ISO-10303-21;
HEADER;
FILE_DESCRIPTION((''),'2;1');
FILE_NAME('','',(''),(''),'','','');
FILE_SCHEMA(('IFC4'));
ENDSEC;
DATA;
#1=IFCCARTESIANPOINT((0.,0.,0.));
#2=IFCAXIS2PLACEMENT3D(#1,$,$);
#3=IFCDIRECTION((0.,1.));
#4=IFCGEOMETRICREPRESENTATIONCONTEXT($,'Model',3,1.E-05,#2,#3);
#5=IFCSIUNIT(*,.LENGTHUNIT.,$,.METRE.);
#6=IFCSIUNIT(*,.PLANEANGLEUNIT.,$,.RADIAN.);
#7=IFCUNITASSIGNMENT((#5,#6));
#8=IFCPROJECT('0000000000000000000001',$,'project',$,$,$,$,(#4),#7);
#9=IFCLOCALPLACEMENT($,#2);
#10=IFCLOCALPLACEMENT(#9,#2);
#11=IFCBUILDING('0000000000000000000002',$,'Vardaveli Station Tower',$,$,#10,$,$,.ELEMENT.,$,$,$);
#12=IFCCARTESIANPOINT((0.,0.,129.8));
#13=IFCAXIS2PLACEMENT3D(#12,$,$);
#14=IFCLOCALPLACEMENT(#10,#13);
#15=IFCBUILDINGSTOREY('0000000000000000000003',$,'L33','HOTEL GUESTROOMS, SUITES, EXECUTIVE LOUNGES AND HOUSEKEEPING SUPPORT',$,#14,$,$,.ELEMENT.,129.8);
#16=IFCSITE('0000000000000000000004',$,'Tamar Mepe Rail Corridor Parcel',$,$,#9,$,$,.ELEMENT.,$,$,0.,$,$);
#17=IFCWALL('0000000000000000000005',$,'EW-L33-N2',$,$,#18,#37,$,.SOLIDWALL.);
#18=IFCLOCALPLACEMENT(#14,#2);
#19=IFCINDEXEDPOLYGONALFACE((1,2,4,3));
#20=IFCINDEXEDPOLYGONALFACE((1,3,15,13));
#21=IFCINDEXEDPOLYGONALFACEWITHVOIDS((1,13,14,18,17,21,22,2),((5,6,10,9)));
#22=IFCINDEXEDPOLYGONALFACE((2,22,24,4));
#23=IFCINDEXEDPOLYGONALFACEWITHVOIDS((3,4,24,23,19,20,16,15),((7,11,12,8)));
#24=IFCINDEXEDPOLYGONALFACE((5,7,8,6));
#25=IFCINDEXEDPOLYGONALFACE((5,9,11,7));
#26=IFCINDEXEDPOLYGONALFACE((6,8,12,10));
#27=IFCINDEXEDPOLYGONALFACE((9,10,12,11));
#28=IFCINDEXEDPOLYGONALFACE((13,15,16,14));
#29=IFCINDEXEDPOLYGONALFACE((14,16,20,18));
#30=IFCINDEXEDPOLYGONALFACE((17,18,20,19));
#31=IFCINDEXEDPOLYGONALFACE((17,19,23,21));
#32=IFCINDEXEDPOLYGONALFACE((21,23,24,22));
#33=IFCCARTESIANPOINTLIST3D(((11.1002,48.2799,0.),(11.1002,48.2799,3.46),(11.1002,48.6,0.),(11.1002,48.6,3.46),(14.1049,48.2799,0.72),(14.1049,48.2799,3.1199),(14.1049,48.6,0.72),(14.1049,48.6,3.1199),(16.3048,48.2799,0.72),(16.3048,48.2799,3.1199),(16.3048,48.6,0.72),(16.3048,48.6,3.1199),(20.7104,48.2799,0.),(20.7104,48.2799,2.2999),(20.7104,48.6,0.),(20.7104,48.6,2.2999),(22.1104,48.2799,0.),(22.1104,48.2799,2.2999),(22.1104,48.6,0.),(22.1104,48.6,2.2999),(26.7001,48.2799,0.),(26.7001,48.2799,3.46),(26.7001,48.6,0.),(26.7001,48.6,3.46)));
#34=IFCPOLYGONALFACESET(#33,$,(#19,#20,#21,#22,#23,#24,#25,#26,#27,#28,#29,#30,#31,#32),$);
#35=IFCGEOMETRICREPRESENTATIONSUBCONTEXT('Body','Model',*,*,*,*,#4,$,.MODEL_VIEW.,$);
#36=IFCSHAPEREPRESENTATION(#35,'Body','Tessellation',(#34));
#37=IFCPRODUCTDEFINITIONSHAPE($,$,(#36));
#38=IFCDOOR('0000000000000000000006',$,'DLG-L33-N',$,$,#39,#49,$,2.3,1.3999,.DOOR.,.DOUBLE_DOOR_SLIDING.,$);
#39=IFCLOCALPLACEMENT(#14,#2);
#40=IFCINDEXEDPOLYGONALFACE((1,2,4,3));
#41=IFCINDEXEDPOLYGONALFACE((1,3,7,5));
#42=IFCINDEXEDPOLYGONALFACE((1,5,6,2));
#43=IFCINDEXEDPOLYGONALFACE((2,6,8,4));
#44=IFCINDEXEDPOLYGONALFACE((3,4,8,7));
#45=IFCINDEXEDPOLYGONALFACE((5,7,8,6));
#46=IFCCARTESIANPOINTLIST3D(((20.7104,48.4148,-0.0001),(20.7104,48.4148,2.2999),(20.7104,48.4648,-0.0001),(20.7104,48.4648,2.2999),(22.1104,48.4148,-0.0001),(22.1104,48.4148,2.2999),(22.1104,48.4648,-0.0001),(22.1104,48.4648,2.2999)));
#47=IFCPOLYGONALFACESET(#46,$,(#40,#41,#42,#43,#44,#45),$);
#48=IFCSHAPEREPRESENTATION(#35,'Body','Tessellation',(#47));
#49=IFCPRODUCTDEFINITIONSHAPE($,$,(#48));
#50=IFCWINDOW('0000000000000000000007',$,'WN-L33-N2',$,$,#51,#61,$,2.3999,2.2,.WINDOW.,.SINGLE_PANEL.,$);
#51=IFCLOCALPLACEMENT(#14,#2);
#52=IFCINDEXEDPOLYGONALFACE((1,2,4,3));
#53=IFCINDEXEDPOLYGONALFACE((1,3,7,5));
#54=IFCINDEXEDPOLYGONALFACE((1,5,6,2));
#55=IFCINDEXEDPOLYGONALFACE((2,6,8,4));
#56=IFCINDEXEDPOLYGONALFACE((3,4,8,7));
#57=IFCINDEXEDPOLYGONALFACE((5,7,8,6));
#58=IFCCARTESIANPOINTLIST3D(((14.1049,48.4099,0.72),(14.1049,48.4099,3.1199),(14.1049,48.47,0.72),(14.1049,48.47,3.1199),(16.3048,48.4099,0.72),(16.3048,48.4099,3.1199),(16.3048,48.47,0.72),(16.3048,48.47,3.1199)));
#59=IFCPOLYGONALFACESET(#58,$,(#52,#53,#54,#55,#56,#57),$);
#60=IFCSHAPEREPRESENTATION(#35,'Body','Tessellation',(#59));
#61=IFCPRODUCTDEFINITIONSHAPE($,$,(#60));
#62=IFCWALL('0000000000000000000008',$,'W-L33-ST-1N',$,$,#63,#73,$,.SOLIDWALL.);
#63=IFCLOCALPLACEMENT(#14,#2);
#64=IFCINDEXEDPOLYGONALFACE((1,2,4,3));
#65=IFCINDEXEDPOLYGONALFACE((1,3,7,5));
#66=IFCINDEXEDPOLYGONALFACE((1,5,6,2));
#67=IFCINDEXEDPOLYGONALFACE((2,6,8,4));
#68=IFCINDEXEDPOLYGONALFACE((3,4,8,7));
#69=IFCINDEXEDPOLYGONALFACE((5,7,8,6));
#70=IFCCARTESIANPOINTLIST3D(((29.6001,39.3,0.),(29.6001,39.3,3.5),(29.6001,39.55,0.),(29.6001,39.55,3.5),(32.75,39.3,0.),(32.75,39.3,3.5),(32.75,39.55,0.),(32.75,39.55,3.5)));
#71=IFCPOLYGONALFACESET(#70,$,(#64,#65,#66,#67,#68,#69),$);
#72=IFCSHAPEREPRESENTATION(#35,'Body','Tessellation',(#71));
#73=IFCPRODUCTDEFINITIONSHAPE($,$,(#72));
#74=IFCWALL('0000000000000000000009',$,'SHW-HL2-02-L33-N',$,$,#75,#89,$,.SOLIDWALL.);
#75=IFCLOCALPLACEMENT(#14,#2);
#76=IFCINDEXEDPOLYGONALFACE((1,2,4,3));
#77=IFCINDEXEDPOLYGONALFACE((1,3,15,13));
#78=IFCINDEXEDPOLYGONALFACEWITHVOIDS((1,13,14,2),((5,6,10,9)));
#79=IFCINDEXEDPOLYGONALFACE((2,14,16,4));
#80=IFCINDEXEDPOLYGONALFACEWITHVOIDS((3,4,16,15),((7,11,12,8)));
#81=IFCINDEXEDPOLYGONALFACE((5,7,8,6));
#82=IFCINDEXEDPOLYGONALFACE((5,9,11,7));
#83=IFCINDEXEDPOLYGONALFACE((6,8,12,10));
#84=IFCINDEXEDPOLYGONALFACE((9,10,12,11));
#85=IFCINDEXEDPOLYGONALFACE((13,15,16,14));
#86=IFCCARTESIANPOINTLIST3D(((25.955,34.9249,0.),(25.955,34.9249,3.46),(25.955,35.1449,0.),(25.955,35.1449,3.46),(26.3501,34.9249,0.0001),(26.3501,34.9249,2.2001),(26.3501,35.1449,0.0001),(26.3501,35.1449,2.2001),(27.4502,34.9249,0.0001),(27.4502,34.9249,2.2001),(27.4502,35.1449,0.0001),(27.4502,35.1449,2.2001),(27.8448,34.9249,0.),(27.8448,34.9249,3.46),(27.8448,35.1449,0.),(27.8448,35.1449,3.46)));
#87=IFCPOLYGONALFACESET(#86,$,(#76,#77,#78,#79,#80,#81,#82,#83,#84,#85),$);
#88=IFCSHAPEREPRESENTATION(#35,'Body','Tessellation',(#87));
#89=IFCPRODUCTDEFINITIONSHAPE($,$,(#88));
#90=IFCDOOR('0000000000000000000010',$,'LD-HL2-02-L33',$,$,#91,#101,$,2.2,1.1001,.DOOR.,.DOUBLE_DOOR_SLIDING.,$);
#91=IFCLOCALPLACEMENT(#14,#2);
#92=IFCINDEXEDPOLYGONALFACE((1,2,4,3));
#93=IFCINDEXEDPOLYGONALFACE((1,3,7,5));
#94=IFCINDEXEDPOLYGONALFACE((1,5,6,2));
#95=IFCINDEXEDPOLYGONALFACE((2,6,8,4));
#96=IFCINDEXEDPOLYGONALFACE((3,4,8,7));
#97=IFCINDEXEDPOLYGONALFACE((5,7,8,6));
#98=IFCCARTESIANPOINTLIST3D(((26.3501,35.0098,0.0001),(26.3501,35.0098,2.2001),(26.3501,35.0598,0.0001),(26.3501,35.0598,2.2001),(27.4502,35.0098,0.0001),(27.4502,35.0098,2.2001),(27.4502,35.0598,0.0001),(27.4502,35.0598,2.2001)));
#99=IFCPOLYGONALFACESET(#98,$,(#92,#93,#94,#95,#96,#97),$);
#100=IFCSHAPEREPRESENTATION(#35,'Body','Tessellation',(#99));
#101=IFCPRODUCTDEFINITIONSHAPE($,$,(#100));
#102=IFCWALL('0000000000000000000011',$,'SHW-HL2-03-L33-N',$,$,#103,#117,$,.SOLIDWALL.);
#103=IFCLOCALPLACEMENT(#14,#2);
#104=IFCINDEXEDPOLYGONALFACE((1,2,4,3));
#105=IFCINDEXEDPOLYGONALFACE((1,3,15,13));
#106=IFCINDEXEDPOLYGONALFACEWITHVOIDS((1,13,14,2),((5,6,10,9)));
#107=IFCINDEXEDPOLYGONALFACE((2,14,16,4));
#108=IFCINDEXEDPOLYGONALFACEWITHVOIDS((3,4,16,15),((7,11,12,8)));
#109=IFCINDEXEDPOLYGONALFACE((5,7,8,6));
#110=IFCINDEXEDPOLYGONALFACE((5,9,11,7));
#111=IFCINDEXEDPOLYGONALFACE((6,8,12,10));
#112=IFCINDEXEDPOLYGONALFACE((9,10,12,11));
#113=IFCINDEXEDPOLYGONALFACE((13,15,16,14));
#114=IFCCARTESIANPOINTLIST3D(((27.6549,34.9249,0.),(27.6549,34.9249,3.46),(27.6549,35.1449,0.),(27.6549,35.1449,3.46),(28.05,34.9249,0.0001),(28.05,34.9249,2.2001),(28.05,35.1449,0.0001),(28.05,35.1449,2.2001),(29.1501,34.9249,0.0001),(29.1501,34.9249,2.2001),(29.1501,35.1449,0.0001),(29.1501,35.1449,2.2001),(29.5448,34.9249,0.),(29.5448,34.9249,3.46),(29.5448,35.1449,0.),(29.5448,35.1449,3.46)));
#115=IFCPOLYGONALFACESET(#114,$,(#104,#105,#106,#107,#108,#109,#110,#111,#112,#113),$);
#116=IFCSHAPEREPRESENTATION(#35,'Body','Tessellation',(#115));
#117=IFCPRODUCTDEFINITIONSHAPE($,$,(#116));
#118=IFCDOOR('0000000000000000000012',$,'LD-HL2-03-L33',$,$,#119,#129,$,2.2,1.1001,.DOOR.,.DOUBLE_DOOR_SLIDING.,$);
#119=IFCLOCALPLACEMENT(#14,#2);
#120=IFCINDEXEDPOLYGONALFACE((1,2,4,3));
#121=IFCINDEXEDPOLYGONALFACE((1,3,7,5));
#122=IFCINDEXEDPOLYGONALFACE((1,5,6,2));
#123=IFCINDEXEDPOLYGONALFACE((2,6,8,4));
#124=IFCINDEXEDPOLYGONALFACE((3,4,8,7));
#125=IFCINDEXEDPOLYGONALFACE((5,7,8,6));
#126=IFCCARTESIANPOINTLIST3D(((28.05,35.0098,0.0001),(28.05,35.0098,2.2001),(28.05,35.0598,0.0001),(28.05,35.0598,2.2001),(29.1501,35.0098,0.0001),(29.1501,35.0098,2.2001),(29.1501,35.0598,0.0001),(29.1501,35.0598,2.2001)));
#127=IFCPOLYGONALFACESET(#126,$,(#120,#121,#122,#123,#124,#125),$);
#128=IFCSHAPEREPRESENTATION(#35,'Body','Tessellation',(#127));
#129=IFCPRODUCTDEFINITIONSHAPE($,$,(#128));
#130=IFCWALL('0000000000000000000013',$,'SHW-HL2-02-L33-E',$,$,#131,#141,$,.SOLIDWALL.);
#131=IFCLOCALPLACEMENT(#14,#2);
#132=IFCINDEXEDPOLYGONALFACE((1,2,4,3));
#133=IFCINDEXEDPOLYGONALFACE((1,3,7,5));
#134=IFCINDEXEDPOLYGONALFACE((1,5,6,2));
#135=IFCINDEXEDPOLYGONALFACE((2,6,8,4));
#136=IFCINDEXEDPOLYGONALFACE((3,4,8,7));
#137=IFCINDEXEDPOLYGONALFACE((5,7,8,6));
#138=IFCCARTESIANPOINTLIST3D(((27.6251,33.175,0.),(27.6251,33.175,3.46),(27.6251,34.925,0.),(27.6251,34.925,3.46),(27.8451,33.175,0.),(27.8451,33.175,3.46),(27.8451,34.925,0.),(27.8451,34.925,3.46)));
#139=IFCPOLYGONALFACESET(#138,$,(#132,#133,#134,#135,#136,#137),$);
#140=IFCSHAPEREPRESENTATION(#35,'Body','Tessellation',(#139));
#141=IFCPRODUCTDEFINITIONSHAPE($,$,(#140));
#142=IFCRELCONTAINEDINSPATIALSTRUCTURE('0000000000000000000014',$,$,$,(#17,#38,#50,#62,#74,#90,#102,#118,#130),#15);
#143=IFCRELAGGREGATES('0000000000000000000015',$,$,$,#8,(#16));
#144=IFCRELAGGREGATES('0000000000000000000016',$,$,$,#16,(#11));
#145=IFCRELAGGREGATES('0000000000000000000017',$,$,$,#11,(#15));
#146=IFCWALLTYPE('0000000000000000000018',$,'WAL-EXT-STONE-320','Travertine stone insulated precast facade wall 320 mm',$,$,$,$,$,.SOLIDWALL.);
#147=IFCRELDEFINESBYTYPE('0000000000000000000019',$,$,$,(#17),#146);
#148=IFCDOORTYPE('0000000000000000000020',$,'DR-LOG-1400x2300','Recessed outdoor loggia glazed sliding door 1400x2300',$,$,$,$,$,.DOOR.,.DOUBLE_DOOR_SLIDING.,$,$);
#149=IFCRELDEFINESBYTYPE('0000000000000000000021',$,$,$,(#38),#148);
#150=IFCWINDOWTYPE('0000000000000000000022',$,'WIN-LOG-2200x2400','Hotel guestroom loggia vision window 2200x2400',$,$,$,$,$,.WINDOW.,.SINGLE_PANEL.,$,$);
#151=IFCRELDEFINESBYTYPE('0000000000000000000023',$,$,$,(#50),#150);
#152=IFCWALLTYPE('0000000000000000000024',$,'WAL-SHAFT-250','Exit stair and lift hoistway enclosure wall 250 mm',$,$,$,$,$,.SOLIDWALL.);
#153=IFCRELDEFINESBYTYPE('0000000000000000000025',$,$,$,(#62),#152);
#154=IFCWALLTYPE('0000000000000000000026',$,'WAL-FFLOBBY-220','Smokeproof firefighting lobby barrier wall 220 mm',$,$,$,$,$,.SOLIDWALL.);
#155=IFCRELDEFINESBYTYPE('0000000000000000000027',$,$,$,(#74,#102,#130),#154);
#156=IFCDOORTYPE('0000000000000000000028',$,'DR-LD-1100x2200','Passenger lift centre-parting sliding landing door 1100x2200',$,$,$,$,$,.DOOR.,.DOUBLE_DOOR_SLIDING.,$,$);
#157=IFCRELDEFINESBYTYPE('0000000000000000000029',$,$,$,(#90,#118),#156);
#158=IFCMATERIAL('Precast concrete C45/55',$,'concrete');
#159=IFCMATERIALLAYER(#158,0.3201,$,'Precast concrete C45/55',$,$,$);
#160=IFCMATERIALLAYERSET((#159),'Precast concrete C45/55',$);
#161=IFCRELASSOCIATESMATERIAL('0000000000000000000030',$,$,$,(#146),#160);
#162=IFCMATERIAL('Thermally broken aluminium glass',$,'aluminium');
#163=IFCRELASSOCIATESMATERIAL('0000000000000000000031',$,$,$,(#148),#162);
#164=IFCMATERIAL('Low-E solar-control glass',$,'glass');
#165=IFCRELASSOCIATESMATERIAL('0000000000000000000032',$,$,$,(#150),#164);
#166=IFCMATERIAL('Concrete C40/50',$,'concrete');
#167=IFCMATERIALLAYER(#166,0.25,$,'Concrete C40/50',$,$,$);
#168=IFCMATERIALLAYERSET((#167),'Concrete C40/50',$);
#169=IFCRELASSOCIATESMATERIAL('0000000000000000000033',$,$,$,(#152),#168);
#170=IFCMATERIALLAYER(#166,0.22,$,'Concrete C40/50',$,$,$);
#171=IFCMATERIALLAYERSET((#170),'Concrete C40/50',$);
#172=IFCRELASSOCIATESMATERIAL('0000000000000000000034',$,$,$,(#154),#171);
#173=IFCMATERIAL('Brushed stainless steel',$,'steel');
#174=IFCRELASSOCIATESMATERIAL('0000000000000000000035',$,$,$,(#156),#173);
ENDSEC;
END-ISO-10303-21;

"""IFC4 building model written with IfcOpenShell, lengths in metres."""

from ifc_helpers import new_model, si_unit, direction, frame, frame_2d, origin, place, context, subcontext, project, spatial, rectangle, extrude, source, transform, mapped, material, layer, layer_set, type_object, element, fill, save


model = new_model("IFC4")

# Units and contexts
model_context = context("Model", 3, precision=1e-05, world=origin(), true_north=direction((0.0, 1.0)))
body_context = subcontext(model_context, "Body", "Model", "MODEL_VIEW")
ifc_project = project(units=[si_unit("LENGTHUNIT", "METRE"), si_unit("PLANEANGLEUNIT", "RADIAN")], contexts=[model_context])

# Site, building, storey
site_placement = place(None, origin())
site = spatial("IfcSite", under=ifc_project, at=site_placement, Name="Tamar Mepe Rail Corridor Parcel", CompositionType="ELEMENT", RefElevation=0.0)
building_placement = place(site_placement, origin())
building = spatial("IfcBuilding", under=site, at=building_placement, Name="Vardaveli Station Tower", CompositionType="ELEMENT")
storey_placement = place(building_placement, frame((0.0, 0.0, 129.8)))
storey = spatial("IfcBuildingStorey", under=building, at=storey_placement, Name="L33", Description="HOTEL GUESTROOMS, SUITES, EXECUTIVE LOUNGES AND HOUSEKEEPING SUPPORT", CompositionType="ELEMENT", Elevation=129.8)

# Shared definitions
ifc_material_1 = material(Name="Precast concrete C45/55", Category="concrete")

# Wall, openings, door, window
ifc_layer_1 = layer(ifc_material_1, 0.3201, Name="Precast concrete C45/55")
ifc_layer_set_1 = layer_set([ifc_layer_1], Name="Precast concrete C45/55")
wall_type_1 = type_object("IfcWallType", Name="WAL-EXT-STONE-320", Description="Travertine stone insulated precast facade wall 320 mm", PredefinedType="SOLIDWALL", material=ifc_layer_set_1)
shared_shape_1 = source(origin(), body_context, "Body", "SweptSolid", [
    extrude(rectangle(XDim=15.5999, YDim=0.3201, at=frame_2d((7.7998, 0.0))), origin(), (0.0, 0.0, 1.0), 3.46),
])
wall_1_placement = place(storey_placement, frame((26.7, 48.4399, 0.0), z_axis=(0.0, 0.0, 1.0), x_axis=(-1.0, 0.0, 0.0)))
wall_1 = element("IfcWall", 1, at=wall_1_placement, inside=storey, type_object=wall_type_1, Name="EW-L33-N2", PredefinedType="SOLIDWALL", context=body_context, shape_type="MappedRepresentation", body=[
    mapped(shared_shape_1, transform((0.0, 0.0, 0.0), scale=1.0)),
])
shared_shape_2 = source(origin(), body_context, "Body", "SweptSolid", [
    extrude(rectangle(XDim=1.3999, YDim=2.3, at=frame_2d((0.7, 1.1499))), frame((0.0, 0.1699, 0.0), z_axis=(0.0, -1.0, 0.0), x_axis=(1.0, 0.0, 0.0)), (0.0, 0.0, 1.0), 0.3401),
])
opening_1_placement = place(wall_1_placement, frame((4.5896, 0.0, 0.0)))
opening_1 = element("IfcOpeningElement", 2, at=opening_1_placement, cuts=wall_1, PredefinedType="OPENING", context=body_context, shape_type="MappedRepresentation", body=[
    mapped(shared_shape_2, transform((0.0, 0.0, 0.0), scale=1.0)),
])
shared_shape_3 = source(origin(), body_context, "Body", "SweptSolid", [
    extrude(rectangle(XDim=2.2, YDim=2.3999, at=frame_2d((1.1001, 1.2))), frame((0.0, 0.1699, 0.0), z_axis=(0.0, -1.0, 0.0), x_axis=(1.0, 0.0, 0.0)), (0.0, 0.0, 1.0), 0.3401),
])
opening_2_placement = place(wall_1_placement, frame((10.395, 0.0, 0.72)))
opening_2 = element("IfcOpeningElement", 3, at=opening_2_placement, cuts=wall_1, PredefinedType="OPENING", context=body_context, shape_type="MappedRepresentation", body=[
    mapped(shared_shape_3, transform((0.0, 0.0, 0.0), scale=1.0)),
])
ifc_material_2 = material(Name="Thermally broken aluminium glass", Category="aluminium")
door_type_1 = type_object("IfcDoorType", Name="DR-LOG-1400x2300", Description="Recessed outdoor loggia glazed sliding door 1400x2300", OperationType="DOUBLE_DOOR_SLIDING", PredefinedType="DOOR", material=ifc_material_2)
shared_shape_4 = source(origin(), body_context, "Body", "SweptSolid", [
    extrude(rectangle(XDim=1.3999, YDim=2.3, at=frame_2d((0.7, 1.1499))), frame((0.0, 0.0249, 0.0), z_axis=(0.0, -1.0, 0.0), x_axis=(1.0, 0.0, 0.0)), (0.0, 0.0, 1.0), 0.05),
])
door_1_placement = place(opening_1_placement, frame((1.3999, 0.0, 0.0), z_axis=(0.0, 0.0, 1.0), x_axis=(-1.0, 0.0, 0.0)))
door_1 = element("IfcDoor", 4, at=door_1_placement, inside=storey, type_object=door_type_1, Name="DLG-L33-N", OperationType="DOUBLE_DOOR_SLIDING", OverallHeight=2.3, OverallWidth=1.3999, PredefinedType="DOOR", context=body_context, shape_type="MappedRepresentation", body=[
    mapped(shared_shape_4, transform((0.0, 0.0, 0.0), scale=1.0)),
])
fill(opening_1, door_1)
ifc_material_3 = material(Name="Low-E solar-control glass", Category="glass")
window_type = type_object("IfcWindowType", Name="WIN-LOG-2200x2400", Description="Hotel guestroom loggia vision window 2200x2400", PartitioningType="SINGLE_PANEL", PredefinedType="WINDOW", material=ifc_material_3)
shared_shape_5 = source(origin(), body_context, "Body", "SweptSolid", [
    extrude(rectangle(XDim=2.2, YDim=2.3999, at=frame_2d((1.1001, 1.2))), frame((0.0, 0.03, 0.0), z_axis=(0.0, -1.0, 0.0), x_axis=(1.0, 0.0, 0.0)), (0.0, 0.0, 1.0), 0.0601),
])
window_placement = place(opening_2_placement, origin())
window = element("IfcWindow", 5, at=window_placement, inside=storey, type_object=window_type, Name="WN-L33-N2", OverallHeight=2.3999, OverallWidth=2.2, PartitioningType="SINGLE_PANEL", PredefinedType="WINDOW", context=body_context, shape_type="MappedRepresentation", body=[
    mapped(shared_shape_5, transform((0.0, 0.0, 0.0), scale=1.0)),
])
fill(opening_2, window)

# Wall
ifc_material_4 = material(Name="Concrete C40/50", Category="concrete")
ifc_layer_2 = layer(ifc_material_4, 0.25, Name="Concrete C40/50")
ifc_layer_set_2 = layer_set([ifc_layer_2], Name="Concrete C40/50")
wall_type_2 = type_object("IfcWallType", Name="WAL-SHAFT-250", Description="Exit stair and lift hoistway enclosure wall 250 mm", PredefinedType="SOLIDWALL", material=ifc_layer_set_2)
shared_shape_6 = source(origin(), body_context, "Body", "SweptSolid", [
    extrude(rectangle(XDim=3.1499, YDim=0.25, at=frame_2d((1.575, 0.0))), origin(), (0.0, 0.0, 1.0), 3.5),
])
wall_2_placement = place(storey_placement, frame((29.6001, 39.425, 0.0), z_axis=(0.0, 0.0, 1.0), x_axis=(1.0, 0.0, 0.0)))
element("IfcWall", 6, at=wall_2_placement, inside=storey, type_object=wall_type_2, Name="W-L33-ST-1N", PredefinedType="SOLIDWALL", context=body_context, shape_type="MappedRepresentation", body=[
    mapped(shared_shape_6, transform((0.0, 0.0, 0.0), scale=1.0)),
])

# Walls, openings, doors
ifc_layer_3 = layer(ifc_material_4, 0.22, Name="Concrete C40/50")
ifc_layer_set_3 = layer_set([ifc_layer_3], Name="Concrete C40/50")
wall_type_3 = type_object("IfcWallType", Name="WAL-FFLOBBY-220", Description="Smokeproof firefighting lobby barrier wall 220 mm", PredefinedType="SOLIDWALL", material=ifc_layer_set_3)
shared_shape_7 = source(origin(), body_context, "Body", "SweptSolid", [
    extrude(rectangle(XDim=1.8899, YDim=0.22, at=frame_2d((0.9448, 0.0))), origin(), (0.0, 0.0, 1.0), 3.46),
])
wall_3_placement = place(storey_placement, frame((25.9551, 35.0349, 0.0), z_axis=(0.0, 0.0, 1.0), x_axis=(1.0, 0.0, 0.0)))
wall_3 = element("IfcWall", 7, at=wall_3_placement, inside=storey, type_object=wall_type_3, Name="SHW-HL2-02-L33-N", PredefinedType="SOLIDWALL", context=body_context, shape_type="MappedRepresentation", body=[
    mapped(shared_shape_7, transform((0.0, 0.0, 0.0), scale=1.0)),
])
shared_shape_8 = source(origin(), body_context, "Body", "SweptSolid", [
    extrude(rectangle(XDim=1.1001, YDim=2.2, at=frame_2d((0.55, 1.1001))), frame((0.0, 0.1201, 0.0), z_axis=(0.0, -1.0, 0.0), x_axis=(1.0, 0.0, 0.0)), (0.0, 0.0, 1.0), 0.24),
])
opening_3_placement = place(wall_3_placement, frame((0.395, 0.0, 0.0)))
opening_3 = element("IfcOpeningElement", 8, at=opening_3_placement, cuts=wall_3, PredefinedType="OPENING", context=body_context, shape_type="MappedRepresentation", body=[
    mapped(shared_shape_8, transform((0.0, 0.0, 0.0), scale=1.0)),
])
ifc_material_5 = material(Name="Brushed stainless steel", Category="steel")
door_type_2 = type_object("IfcDoorType", Name="DR-LD-1100x2200", Description="Passenger lift centre-parting sliding landing door 1100x2200", OperationType="DOUBLE_DOOR_SLIDING", PredefinedType="DOOR", material=ifc_material_5)
shared_shape_9 = source(origin(), body_context, "Body", "SweptSolid", [
    extrude(rectangle(XDim=1.1001, YDim=2.2, at=frame_2d((0.55, 1.1001))), frame((0.0, 0.0249, 0.0), z_axis=(0.0, -1.0, 0.0), x_axis=(1.0, 0.0, 0.0)), (0.0, 0.0, 1.0), 0.05),
])
door_2_placement = place(opening_3_placement, origin())
door_2 = element("IfcDoor", 9, at=door_2_placement, inside=storey, type_object=door_type_2, Name="LD-HL2-02-L33", OperationType="DOUBLE_DOOR_SLIDING", OverallHeight=2.2, OverallWidth=1.1001, PredefinedType="DOOR", context=body_context, shape_type="MappedRepresentation", body=[
    mapped(shared_shape_9, transform((0.0, 0.0, 0.0), scale=1.0)),
])
fill(opening_3, door_2)
wall_4_placement = place(storey_placement, frame((27.655, 35.0349, 0.0), z_axis=(0.0, 0.0, 1.0), x_axis=(1.0, 0.0, 0.0)))
wall_4 = element("IfcWall", 10, at=wall_4_placement, inside=storey, type_object=wall_type_3, Name="SHW-HL2-03-L33-N", PredefinedType="SOLIDWALL", context=body_context, shape_type="MappedRepresentation", body=[
    mapped(shared_shape_7, transform((0.0, 0.0, 0.0), scale=1.0)),
])
opening_4_placement = place(wall_4_placement, frame((0.395, 0.0, 0.0)))
opening_4 = element("IfcOpeningElement", 11, at=opening_4_placement, cuts=wall_4, PredefinedType="OPENING", context=body_context, shape_type="MappedRepresentation", body=[
    mapped(shared_shape_8, transform((0.0, 0.0, 0.0), scale=1.0)),
])
door_3_placement = place(opening_4_placement, origin())
door_3 = element("IfcDoor", 12, at=door_3_placement, inside=storey, type_object=door_type_2, Name="LD-HL2-03-L33", OperationType="DOUBLE_DOOR_SLIDING", OverallHeight=2.2, OverallWidth=1.1001, PredefinedType="DOOR", context=body_context, shape_type="MappedRepresentation", body=[
    mapped(shared_shape_9, transform((0.0, 0.0, 0.0), scale=1.0)),
])
fill(opening_4, door_3)

# Wall
shared_shape_10 = source(origin(), body_context, "Body", "SweptSolid", [
    extrude(rectangle(XDim=1.75, YDim=0.22, at=frame_2d((0.875, 0.0))), origin(), (0.0, 0.0, 1.0), 3.46),
])
wall_5_placement = place(storey_placement, frame((27.7351, 33.175, 0.0), z_axis=(0.0, 0.0, 1.0), x_axis=(0.0, 1.0, 0.0)))
element("IfcWall", 13, at=wall_5_placement, inside=storey, type_object=wall_type_3, Name="SHW-HL2-02-L33-E", PredefinedType="SOLIDWALL", context=body_context, shape_type="MappedRepresentation", body=[
    mapped(shared_shape_10, transform((0.0, 0.0, 0.0), scale=1.0)),
])

save(model, "model.ifc")
